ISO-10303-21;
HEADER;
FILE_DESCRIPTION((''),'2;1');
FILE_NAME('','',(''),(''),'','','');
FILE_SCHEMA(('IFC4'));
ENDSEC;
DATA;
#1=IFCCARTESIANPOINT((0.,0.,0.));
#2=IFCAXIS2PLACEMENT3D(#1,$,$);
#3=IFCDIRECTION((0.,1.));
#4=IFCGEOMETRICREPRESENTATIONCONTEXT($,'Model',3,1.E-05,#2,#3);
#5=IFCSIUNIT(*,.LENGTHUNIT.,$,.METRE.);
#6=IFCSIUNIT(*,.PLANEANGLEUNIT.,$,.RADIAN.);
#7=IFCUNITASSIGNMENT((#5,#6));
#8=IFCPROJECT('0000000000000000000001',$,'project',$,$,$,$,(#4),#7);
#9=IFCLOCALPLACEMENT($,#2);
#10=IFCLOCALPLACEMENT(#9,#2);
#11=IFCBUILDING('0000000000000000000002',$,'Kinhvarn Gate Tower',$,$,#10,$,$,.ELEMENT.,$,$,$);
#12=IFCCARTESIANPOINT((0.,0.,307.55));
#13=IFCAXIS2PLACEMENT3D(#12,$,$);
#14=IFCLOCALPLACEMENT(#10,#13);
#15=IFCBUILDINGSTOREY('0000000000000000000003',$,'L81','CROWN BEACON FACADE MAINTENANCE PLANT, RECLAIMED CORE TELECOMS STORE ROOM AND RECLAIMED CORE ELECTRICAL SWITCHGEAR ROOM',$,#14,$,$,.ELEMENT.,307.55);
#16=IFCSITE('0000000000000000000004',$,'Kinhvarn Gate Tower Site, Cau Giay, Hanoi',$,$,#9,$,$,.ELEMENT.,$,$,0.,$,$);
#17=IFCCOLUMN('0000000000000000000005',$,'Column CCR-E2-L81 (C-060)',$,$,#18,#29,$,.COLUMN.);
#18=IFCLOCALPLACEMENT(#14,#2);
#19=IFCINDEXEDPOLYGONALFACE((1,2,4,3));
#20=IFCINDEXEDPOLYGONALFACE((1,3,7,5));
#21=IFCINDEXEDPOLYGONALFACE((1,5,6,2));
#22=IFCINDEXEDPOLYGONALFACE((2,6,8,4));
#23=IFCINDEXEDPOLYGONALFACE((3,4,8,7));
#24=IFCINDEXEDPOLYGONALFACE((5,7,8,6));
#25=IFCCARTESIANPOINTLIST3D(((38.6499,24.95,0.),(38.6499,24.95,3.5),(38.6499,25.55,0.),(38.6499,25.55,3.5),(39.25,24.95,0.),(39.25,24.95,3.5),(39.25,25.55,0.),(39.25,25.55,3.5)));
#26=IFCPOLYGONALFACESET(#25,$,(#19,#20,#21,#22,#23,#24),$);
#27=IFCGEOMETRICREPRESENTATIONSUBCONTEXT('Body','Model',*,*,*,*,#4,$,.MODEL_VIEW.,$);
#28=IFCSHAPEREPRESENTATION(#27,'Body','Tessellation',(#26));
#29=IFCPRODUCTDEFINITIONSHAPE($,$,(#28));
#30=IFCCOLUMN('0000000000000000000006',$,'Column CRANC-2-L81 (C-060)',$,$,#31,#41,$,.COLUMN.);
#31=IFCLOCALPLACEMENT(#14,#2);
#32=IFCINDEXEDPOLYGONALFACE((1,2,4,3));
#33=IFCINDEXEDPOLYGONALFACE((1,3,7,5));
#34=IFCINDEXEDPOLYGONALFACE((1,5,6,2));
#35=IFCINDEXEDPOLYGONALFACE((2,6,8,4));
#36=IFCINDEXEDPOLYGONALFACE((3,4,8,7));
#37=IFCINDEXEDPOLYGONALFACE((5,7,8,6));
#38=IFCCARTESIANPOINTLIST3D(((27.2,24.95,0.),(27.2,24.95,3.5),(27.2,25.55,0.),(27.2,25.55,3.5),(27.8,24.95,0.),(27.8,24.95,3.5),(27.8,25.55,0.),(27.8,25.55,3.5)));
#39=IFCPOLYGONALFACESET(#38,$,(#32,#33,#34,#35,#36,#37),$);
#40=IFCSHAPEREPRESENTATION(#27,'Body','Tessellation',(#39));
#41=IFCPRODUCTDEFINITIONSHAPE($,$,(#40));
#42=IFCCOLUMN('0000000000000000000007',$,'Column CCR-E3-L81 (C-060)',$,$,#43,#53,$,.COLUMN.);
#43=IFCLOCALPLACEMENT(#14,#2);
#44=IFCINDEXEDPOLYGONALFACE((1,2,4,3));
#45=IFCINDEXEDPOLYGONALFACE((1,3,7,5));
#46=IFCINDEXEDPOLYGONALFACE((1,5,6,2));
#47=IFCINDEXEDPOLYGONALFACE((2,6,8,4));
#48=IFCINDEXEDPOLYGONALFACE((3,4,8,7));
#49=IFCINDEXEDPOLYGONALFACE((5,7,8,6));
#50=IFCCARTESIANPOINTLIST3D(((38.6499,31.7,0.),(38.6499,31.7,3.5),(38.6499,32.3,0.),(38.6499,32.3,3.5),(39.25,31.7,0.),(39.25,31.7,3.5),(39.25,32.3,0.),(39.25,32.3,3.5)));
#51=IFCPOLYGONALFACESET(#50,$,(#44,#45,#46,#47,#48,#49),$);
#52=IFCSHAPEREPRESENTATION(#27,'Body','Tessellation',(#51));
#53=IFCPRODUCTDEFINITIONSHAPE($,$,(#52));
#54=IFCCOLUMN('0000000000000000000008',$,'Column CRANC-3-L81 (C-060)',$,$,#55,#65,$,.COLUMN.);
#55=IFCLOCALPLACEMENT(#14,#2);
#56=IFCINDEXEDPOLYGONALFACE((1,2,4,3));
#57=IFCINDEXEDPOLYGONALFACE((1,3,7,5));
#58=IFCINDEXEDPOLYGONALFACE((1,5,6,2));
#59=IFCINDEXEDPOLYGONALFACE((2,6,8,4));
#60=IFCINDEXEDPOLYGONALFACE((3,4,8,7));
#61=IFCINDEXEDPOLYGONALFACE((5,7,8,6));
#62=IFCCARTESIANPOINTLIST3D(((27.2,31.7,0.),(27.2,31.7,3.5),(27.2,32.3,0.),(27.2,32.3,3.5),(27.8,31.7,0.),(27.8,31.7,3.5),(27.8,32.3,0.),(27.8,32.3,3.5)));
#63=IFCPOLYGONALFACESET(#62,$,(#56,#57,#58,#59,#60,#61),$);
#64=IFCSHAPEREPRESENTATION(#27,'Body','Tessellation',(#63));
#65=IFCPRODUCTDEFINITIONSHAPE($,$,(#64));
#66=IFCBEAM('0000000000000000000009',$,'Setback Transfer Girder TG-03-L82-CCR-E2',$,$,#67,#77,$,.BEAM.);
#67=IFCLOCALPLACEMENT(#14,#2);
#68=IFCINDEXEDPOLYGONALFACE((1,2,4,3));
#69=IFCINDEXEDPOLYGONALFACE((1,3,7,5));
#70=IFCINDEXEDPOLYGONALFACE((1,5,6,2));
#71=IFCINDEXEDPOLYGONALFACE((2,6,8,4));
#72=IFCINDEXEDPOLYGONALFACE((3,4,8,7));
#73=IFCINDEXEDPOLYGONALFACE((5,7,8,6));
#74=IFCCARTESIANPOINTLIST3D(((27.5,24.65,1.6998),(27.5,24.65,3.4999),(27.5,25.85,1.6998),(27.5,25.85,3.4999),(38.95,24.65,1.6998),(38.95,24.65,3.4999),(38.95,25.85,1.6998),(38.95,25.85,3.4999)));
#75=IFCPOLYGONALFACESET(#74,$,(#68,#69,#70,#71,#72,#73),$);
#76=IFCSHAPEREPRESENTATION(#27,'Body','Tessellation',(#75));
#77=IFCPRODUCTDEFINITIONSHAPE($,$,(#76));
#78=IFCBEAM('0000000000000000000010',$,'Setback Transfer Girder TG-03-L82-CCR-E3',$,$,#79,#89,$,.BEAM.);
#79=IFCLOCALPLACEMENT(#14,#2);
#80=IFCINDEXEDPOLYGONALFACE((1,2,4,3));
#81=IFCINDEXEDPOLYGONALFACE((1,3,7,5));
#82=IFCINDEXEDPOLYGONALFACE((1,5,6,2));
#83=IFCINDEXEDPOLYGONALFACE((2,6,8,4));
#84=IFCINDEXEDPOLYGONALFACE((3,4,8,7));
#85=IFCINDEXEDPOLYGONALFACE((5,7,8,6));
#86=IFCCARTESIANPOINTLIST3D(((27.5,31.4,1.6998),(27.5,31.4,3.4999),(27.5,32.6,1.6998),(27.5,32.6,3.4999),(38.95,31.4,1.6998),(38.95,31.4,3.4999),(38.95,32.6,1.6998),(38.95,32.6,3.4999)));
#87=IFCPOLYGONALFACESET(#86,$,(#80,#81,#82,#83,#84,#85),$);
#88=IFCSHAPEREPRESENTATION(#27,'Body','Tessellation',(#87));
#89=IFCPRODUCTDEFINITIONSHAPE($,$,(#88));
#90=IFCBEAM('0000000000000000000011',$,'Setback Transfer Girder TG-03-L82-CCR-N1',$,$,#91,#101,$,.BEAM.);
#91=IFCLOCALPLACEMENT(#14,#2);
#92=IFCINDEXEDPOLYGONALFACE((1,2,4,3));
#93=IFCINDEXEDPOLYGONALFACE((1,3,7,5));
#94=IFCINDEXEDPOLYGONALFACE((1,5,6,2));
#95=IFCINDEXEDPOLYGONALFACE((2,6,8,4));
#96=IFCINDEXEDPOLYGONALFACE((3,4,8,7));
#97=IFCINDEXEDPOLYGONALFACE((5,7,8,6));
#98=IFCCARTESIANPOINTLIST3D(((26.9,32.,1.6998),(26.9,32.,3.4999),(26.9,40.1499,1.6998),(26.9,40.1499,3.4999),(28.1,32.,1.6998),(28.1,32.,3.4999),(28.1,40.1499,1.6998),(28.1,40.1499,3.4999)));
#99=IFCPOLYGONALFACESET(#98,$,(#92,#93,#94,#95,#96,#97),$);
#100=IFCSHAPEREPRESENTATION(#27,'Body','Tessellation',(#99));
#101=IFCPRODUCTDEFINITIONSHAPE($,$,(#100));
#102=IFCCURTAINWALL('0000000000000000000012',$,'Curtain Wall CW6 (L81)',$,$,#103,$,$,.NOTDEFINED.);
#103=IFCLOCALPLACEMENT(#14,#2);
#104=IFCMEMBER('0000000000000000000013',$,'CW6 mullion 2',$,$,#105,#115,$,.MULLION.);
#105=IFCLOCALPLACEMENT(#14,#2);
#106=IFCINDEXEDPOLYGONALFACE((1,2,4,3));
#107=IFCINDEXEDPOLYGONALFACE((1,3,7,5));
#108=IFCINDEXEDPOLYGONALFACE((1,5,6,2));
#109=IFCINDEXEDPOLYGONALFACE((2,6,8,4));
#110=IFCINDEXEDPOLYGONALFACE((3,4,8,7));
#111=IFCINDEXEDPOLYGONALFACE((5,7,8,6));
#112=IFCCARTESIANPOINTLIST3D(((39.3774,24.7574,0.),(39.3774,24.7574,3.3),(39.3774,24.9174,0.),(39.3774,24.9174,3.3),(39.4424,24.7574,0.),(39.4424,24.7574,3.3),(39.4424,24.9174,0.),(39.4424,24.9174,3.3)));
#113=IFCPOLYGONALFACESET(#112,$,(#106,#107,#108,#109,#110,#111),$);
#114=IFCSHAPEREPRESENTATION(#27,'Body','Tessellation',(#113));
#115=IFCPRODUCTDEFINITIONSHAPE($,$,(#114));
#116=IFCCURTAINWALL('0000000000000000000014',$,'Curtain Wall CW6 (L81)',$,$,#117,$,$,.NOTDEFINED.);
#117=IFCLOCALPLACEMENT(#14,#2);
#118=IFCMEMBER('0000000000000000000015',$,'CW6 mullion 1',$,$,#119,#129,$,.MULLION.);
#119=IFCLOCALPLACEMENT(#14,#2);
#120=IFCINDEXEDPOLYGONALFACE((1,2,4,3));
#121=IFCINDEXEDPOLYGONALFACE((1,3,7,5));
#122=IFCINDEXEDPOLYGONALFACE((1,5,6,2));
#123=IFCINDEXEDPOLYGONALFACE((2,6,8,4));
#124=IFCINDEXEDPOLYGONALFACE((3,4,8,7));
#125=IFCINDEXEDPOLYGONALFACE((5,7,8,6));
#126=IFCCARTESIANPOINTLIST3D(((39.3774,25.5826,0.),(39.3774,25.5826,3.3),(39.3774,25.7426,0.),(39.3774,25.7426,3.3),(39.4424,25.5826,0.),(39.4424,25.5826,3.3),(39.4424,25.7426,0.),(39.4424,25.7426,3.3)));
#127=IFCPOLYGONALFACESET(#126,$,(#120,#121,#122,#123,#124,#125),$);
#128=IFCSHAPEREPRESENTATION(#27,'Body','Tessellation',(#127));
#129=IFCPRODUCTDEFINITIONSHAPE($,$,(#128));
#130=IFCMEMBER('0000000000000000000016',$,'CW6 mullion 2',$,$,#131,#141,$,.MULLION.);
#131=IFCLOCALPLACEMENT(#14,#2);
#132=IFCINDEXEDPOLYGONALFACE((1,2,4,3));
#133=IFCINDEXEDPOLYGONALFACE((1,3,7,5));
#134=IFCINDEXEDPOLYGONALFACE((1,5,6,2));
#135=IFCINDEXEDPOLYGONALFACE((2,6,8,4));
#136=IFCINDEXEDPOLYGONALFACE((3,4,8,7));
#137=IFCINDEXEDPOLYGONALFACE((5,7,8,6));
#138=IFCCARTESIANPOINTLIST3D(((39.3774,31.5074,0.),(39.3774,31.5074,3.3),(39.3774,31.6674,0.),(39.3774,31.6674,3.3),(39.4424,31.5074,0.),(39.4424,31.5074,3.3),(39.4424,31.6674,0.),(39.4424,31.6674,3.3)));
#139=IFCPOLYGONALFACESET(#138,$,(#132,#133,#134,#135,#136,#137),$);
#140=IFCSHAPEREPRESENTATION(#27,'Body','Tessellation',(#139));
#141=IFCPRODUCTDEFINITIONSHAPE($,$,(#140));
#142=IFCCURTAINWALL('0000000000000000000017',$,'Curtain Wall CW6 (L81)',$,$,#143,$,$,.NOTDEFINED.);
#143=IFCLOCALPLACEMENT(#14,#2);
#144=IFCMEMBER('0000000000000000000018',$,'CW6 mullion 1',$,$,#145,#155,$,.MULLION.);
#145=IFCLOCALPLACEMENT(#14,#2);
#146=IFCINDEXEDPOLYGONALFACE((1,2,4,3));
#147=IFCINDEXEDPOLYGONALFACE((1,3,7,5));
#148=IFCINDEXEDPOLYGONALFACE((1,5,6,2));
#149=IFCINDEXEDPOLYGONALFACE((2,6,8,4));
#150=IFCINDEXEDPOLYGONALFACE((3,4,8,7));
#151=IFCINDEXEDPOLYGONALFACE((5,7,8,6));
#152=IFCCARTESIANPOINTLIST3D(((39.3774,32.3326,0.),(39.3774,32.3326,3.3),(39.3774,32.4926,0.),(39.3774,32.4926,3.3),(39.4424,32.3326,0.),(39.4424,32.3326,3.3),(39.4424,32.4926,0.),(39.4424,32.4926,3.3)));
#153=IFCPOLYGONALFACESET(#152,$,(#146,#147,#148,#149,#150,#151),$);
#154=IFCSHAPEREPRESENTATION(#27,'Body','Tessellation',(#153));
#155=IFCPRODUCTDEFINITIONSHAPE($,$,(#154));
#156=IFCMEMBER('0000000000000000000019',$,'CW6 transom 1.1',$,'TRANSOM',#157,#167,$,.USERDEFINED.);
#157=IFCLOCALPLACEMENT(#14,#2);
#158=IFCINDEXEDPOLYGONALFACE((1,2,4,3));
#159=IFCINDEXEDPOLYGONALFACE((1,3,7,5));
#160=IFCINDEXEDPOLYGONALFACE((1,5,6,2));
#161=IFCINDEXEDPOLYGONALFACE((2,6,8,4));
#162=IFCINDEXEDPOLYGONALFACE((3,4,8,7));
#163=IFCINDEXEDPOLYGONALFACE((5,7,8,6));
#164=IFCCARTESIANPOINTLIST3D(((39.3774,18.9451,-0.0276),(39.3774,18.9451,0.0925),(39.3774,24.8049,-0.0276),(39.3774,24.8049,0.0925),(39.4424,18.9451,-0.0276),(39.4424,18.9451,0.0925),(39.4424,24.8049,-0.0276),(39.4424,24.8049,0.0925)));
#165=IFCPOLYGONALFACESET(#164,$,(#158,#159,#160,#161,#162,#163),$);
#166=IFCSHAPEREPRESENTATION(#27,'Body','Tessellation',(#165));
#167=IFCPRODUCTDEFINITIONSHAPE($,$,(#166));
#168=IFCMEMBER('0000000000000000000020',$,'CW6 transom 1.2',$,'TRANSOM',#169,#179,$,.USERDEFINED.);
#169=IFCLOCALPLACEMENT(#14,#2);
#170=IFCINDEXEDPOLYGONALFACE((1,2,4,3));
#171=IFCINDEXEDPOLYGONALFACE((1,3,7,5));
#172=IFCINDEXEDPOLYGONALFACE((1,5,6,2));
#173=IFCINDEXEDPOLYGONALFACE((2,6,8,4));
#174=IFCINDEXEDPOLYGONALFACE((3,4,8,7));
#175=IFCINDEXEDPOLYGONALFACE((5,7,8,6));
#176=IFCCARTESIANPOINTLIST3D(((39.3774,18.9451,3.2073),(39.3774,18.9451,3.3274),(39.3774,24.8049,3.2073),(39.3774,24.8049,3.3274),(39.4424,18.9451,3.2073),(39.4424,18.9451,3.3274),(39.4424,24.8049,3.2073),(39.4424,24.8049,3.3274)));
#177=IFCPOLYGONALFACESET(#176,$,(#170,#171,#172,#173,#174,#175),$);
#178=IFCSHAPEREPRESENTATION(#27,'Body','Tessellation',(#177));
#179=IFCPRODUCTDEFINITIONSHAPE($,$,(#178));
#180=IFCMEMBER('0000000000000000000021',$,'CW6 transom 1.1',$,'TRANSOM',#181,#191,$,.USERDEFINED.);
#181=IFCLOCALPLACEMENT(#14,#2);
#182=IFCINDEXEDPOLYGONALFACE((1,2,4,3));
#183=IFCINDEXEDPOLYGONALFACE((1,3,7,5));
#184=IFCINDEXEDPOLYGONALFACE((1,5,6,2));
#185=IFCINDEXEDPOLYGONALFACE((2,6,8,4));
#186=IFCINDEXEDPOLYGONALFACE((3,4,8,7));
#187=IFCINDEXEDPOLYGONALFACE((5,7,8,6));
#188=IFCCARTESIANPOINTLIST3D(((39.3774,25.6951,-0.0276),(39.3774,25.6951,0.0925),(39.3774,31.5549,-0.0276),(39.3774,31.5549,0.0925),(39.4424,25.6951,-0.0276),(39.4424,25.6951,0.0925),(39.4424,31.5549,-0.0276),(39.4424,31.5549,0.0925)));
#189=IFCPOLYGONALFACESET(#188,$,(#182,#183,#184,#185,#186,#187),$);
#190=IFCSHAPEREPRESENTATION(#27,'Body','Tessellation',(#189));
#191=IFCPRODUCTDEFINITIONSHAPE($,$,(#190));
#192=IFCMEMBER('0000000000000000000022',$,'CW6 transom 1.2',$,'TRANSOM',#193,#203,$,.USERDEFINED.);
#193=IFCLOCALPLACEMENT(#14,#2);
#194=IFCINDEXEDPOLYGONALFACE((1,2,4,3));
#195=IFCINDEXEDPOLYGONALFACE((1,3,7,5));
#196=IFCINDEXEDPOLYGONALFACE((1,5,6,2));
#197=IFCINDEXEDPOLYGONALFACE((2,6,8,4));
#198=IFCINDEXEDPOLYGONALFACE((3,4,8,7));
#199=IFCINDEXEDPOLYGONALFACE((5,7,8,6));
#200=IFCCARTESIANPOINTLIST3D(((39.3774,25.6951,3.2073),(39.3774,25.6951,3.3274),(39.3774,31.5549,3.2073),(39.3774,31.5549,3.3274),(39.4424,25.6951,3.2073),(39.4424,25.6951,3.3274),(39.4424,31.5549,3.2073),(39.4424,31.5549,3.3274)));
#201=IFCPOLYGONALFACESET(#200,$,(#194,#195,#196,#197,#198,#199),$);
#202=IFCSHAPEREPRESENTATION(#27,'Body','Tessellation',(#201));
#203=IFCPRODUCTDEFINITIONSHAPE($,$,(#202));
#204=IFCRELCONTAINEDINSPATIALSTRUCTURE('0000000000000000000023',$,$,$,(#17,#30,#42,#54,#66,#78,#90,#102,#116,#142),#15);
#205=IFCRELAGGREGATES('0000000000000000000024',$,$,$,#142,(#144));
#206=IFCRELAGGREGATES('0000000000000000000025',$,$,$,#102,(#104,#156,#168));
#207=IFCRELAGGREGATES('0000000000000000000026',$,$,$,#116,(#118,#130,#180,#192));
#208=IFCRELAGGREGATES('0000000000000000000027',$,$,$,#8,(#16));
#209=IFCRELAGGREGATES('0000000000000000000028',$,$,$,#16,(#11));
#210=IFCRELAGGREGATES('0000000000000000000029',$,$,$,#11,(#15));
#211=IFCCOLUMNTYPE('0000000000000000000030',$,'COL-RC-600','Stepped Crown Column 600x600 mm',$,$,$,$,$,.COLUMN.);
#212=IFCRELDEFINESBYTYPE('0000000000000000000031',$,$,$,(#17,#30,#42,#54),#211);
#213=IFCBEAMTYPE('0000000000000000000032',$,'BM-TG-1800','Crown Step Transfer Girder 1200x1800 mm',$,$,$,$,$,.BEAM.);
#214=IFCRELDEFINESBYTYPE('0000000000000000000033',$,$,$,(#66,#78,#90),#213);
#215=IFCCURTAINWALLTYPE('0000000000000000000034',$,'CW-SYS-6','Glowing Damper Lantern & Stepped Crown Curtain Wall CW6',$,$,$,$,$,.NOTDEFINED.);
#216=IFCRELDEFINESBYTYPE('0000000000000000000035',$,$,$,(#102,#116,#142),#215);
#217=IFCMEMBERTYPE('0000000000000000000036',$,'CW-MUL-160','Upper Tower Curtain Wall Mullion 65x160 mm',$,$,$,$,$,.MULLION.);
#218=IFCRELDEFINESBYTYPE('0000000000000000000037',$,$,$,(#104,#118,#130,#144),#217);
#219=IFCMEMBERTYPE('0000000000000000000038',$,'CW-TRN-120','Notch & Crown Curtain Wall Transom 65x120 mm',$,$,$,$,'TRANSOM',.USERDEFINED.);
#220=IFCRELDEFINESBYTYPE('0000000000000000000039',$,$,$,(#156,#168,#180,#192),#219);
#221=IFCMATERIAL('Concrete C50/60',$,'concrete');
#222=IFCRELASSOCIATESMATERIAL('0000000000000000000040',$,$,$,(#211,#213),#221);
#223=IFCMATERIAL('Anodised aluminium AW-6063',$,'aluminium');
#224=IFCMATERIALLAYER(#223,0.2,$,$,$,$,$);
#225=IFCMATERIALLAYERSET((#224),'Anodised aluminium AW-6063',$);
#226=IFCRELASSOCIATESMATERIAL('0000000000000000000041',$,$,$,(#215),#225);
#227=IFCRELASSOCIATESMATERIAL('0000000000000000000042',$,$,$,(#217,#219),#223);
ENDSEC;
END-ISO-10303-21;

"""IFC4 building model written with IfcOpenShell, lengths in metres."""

from ifc_helpers import new_model, si_unit, direction, frame, origin, origin_2d, place, context, subcontext, project, spatial, rectangle, extrude, material, layer, layer_set, material_profile, profile_set, type_object, element, aggregate, save


model = new_model("IFC4")

# Units and contexts
model_context = context("Model", 3, precision=1e-05, world=origin(), true_north=direction((0.0, 1.0)))
body_context = subcontext(model_context, "Body", "Model", "MODEL_VIEW")
ifc_project = project(units=[si_unit("LENGTHUNIT", "METRE"), si_unit("PLANEANGLEUNIT", "RADIAN")], contexts=[model_context])

# Site, building, storey
site_placement = place(None, origin())
site = spatial("IfcSite", under=ifc_project, at=site_placement, Name="Kinhvarn Gate Tower Site, Cau Giay, Hanoi", CompositionType="ELEMENT", RefElevation=0.0)
building_placement = place(site_placement, origin())
building = spatial("IfcBuilding", under=site, at=building_placement, Name="Kinhvarn Gate Tower", CompositionType="ELEMENT")
storey_placement = place(building_placement, frame((0.0, 0.0, 307.55)))
storey = spatial("IfcBuildingStorey", under=building, at=storey_placement, Name="L81", Description="CROWN BEACON FACADE MAINTENANCE PLANT, RECLAIMED CORE TELECOMS STORE ROOM AND RECLAIMED CORE ELECTRICAL SWITCHGEAR ROOM", CompositionType="ELEMENT", Elevation=307.55)

# Columns
ifc_material_1 = material(Name="Concrete C50/60", Category="concrete")
ifc_material_profile_1 = material_profile(ifc_material_1, rectangle(XDim=0.6001, YDim=0.6001, at=origin_2d()), Name="RC 600x600")
ifc_profile_set_1 = profile_set([ifc_material_profile_1], Name="Concrete C50/60")
column_type = type_object("IfcColumnType", Name="COL-RC-600", Description="Stepped Crown Column 600x600 mm", PredefinedType="COLUMN", material=ifc_profile_set_1)
for number, where, z_axis, x_axis, name in (
    (1, (38.95, 25.25, 0.0), (0.0, 0.0, 1.0), (1.0, 0.0, 0.0), "Column CCR-E2-L81 (C-060)"),
    (2, (27.5, 25.25, 0.0), (0.0, 0.0, 1.0), (1.0, 0.0, 0.0), "Column CRANC-2-L81 (C-060)"),
    (3, (38.95, 32.0, 0.0), (0.0, 0.0, 1.0), (1.0, 0.0, 0.0), "Column CCR-E3-L81 (C-060)"),
    (4, (27.5, 32.0, 0.0), (0.0, 0.0, 1.0), (1.0, 0.0, 0.0), "Column CRANC-3-L81 (C-060)"),
):
    element("IfcColumn", number, at=place(storey_placement, frame(where, z_axis=z_axis, x_axis=x_axis)), inside=storey, type_object=column_type, Name=name, PredefinedType="COLUMN", context=body_context, shape_type="SweptSolid", body=[
        extrude(rectangle(XDim=0.6001, YDim=0.6001, at=origin_2d()), origin(), (0.0, 0.0, 1.0), 3.5),
    ])

# Beams
ifc_material_profile_2 = material_profile(ifc_material_1, rectangle(XDim=1.2, YDim=1.8, at=origin_2d()), Name="RC 1200x1800")
ifc_profile_set_2 = profile_set([ifc_material_profile_2], Name="Concrete C50/60")
beam_type_1 = type_object("IfcBeamType", Name="BM-TG-1800", Description="Crown Step Transfer Girder 1200x1800 mm", PredefinedType="BEAM", material=ifc_profile_set_2)
for number, where, z_axis, x_axis, name in (
    (5, (27.5, 25.25, 2.5999), (1.0, 0.0, 0.0), (0.0, 1.0, 0.0), "Setback Transfer Girder TG-03-L82-CCR-E2"),
    (6, (27.5, 32.0, 2.5999), (1.0, 0.0, 0.0), (0.0, 1.0, 0.0), "Setback Transfer Girder TG-03-L82-CCR-E3"),
):
    element("IfcBeam", number, at=place(storey_placement, frame(where, z_axis=z_axis, x_axis=x_axis)), inside=storey, type_object=beam_type_1, Name=name, PredefinedType="BEAM", context=body_context, shape_type="SweptSolid", body=[
        extrude(rectangle(XDim=1.2, YDim=1.8, at=origin_2d()), origin(), (0.0, 0.0, 1.0), 11.45),
    ])
beam_1_placement = place(storey_placement, frame((27.5, 32.0, 2.5999), z_axis=(0.0, 1.0, 0.0), x_axis=(-1.0, 0.0, 0.0)))
element("IfcBeam", 7, at=beam_1_placement, inside=storey, type_object=beam_type_1, Name="Setback Transfer Girder TG-03-L82-CCR-N1", PredefinedType="BEAM", context=body_context, shape_type="SweptSolid", body=[
    extrude(rectangle(XDim=1.2, YDim=1.8, at=origin_2d()), origin(), (0.0, 0.0, 1.0), 8.1499),
])

# Curtain wall, member
ifc_material_2 = material(Name="Anodised aluminium AW-6063", Category="aluminium")
ifc_layer_1 = layer(ifc_material_2, 0.2)
ifc_layer_set_1 = layer_set([ifc_layer_1], Name="Anodised aluminium AW-6063")
curtain_wall_type = type_object("IfcCurtainWallType", Name="CW-SYS-6", Description="Glowing Damper Lantern & Stepped Crown Curtain Wall CW6", PredefinedType="NOTDEFINED", material=ifc_layer_set_1)
curtain_wall_1_placement = place(storey_placement, origin())
curtain_wall_1 = element("IfcCurtainWall", 8, at=curtain_wall_1_placement, inside=storey, type_object=curtain_wall_type, Name="Curtain Wall CW6 (L81)", PredefinedType="NOTDEFINED")
ifc_material_profile_3 = material_profile(ifc_material_2, rectangle(XDim=0.0649, YDim=0.1599, at=origin_2d()), Name="ALU 65x160")
ifc_profile_set_3 = profile_set([ifc_material_profile_3], Name="Anodised aluminium AW-6063")
member_type_1 = type_object("IfcMemberType", Name="CW-MUL-160", Description="Upper Tower Curtain Wall Mullion 65x160 mm", PredefinedType="MULLION", material=ifc_profile_set_3)
member_1_placement = place(storey_placement, frame((39.4099, 24.8374, 0.0), z_axis=(0.0, 0.0, 1.0), x_axis=(-1.0, 0.0, 0.0)))
member_1 = element("IfcMember", 9, at=member_1_placement, type_object=member_type_1, Name="CW6 mullion 2", PredefinedType="MULLION", context=body_context, shape_type="SweptSolid", body=[
    extrude(rectangle(XDim=0.0649, YDim=0.1599, at=origin_2d()), origin(), (0.0, 0.0, 1.0), 3.3),
])

# Curtain wall, members
curtain_wall_2_placement = place(storey_placement, origin())
curtain_wall_2 = element("IfcCurtainWall", 10, at=curtain_wall_2_placement, inside=storey, type_object=curtain_wall_type, Name="Curtain Wall CW6 (L81)", PredefinedType="NOTDEFINED")
member_2_placement = place(storey_placement, frame((39.4099, 25.6626, 0.0), z_axis=(0.0, 0.0, 1.0), x_axis=(-1.0, 0.0, 0.0)))
member_2 = element("IfcMember", 11, at=member_2_placement, type_object=member_type_1, Name="CW6 mullion 1", PredefinedType="MULLION", context=body_context, shape_type="SweptSolid", body=[
    extrude(rectangle(XDim=0.0649, YDim=0.1599, at=origin_2d()), origin(), (0.0, 0.0, 1.0), 3.3),
])
member_3_placement = place(storey_placement, frame((39.4099, 31.5874, 0.0), z_axis=(0.0, 0.0, 1.0), x_axis=(-1.0, 0.0, 0.0)))
member_3 = element("IfcMember", 12, at=member_3_placement, type_object=member_type_1, Name="CW6 mullion 2", PredefinedType="MULLION", context=body_context, shape_type="SweptSolid", body=[
    extrude(rectangle(XDim=0.0649, YDim=0.1599, at=origin_2d()), origin(), (0.0, 0.0, 1.0), 3.3),
])

# Curtain wall, member
curtain_wall_3_placement = place(storey_placement, origin())
curtain_wall_3 = element("IfcCurtainWall", 13, at=curtain_wall_3_placement, inside=storey, type_object=curtain_wall_type, Name="Curtain Wall CW6 (L81)", PredefinedType="NOTDEFINED")
member_4_placement = place(storey_placement, frame((39.4099, 32.4126, 0.0), z_axis=(0.0, 0.0, 1.0), x_axis=(-1.0, 0.0, 0.0)))
member_4 = element("IfcMember", 14, at=member_4_placement, type_object=member_type_1, Name="CW6 mullion 1", PredefinedType="MULLION", context=body_context, shape_type="SweptSolid", body=[
    extrude(rectangle(XDim=0.0649, YDim=0.1599, at=origin_2d()), origin(), (0.0, 0.0, 1.0), 3.3),
])
aggregate(curtain_wall_3, [member_4])

# Members
ifc_material_profile_4 = material_profile(ifc_material_2, rectangle(XDim=0.0649, YDim=0.1201, at=origin_2d()), Name="ALU 65x120")
ifc_profile_set_4 = profile_set([ifc_material_profile_4], Name="Anodised aluminium AW-6063")
member_type_2 = type_object("IfcMemberType", Name="CW-TRN-120", Description="Notch & Crown Curtain Wall Transom 65x120 mm", ElementType="TRANSOM", PredefinedType="USERDEFINED", material=ifc_profile_set_4)
member_5_placement = place(storey_placement, frame((39.4099, 18.9451, 0.0325), z_axis=(0.0, 1.0, 0.0), x_axis=(-1.0, 0.0, 0.0)))
member_5 = element("IfcMember", 15, at=member_5_placement, type_object=member_type_2, Name="CW6 transom 1.1", ObjectType="TRANSOM", PredefinedType="USERDEFINED", context=body_context, shape_type="SweptSolid", body=[
    extrude(rectangle(XDim=0.0649, YDim=0.1201, at=origin_2d()), origin(), (0.0, 0.0, 1.0), 5.8599),
])
member_6_placement = place(storey_placement, frame((39.4099, 18.9451, 3.2673), z_axis=(0.0, 1.0, 0.0), x_axis=(-1.0, 0.0, 0.0)))
member_6 = element("IfcMember", 16, at=member_6_placement, type_object=member_type_2, Name="CW6 transom 1.2", ObjectType="TRANSOM", PredefinedType="USERDEFINED", context=body_context, shape_type="SweptSolid", body=[
    extrude(rectangle(XDim=0.0649, YDim=0.1201, at=origin_2d()), origin(), (0.0, 0.0, 1.0), 5.8599),
])
member_7_placement = place(storey_placement, frame((39.4099, 25.6951, 0.0325), z_axis=(0.0, 1.0, 0.0), x_axis=(-1.0, 0.0, 0.0)))
member_7 = element("IfcMember", 17, at=member_7_placement, type_object=member_type_2, Name="CW6 transom 1.1", ObjectType="TRANSOM", PredefinedType="USERDEFINED", context=body_context, shape_type="SweptSolid", body=[
    extrude(rectangle(XDim=0.0649, YDim=0.1201, at=origin_2d()), origin(), (0.0, 0.0, 1.0), 5.8599),
])
member_8_placement = place(storey_placement, frame((39.4099, 25.6951, 3.2673), z_axis=(0.0, 1.0, 0.0), x_axis=(-1.0, 0.0, 0.0)))
member_8 = element("IfcMember", 18, at=member_8_placement, type_object=member_type_2, Name="CW6 transom 1.2", ObjectType="TRANSOM", PredefinedType="USERDEFINED", context=body_context, shape_type="SweptSolid", body=[
    extrude(rectangle(XDim=0.0649, YDim=0.1201, at=origin_2d()), origin(), (0.0, 0.0, 1.0), 5.8599),
])

aggregate(curtain_wall_1, [member_1, member_5, member_6])
aggregate(curtain_wall_2, [member_2, member_3, member_7, member_8])

save(model, "model.ifc")
